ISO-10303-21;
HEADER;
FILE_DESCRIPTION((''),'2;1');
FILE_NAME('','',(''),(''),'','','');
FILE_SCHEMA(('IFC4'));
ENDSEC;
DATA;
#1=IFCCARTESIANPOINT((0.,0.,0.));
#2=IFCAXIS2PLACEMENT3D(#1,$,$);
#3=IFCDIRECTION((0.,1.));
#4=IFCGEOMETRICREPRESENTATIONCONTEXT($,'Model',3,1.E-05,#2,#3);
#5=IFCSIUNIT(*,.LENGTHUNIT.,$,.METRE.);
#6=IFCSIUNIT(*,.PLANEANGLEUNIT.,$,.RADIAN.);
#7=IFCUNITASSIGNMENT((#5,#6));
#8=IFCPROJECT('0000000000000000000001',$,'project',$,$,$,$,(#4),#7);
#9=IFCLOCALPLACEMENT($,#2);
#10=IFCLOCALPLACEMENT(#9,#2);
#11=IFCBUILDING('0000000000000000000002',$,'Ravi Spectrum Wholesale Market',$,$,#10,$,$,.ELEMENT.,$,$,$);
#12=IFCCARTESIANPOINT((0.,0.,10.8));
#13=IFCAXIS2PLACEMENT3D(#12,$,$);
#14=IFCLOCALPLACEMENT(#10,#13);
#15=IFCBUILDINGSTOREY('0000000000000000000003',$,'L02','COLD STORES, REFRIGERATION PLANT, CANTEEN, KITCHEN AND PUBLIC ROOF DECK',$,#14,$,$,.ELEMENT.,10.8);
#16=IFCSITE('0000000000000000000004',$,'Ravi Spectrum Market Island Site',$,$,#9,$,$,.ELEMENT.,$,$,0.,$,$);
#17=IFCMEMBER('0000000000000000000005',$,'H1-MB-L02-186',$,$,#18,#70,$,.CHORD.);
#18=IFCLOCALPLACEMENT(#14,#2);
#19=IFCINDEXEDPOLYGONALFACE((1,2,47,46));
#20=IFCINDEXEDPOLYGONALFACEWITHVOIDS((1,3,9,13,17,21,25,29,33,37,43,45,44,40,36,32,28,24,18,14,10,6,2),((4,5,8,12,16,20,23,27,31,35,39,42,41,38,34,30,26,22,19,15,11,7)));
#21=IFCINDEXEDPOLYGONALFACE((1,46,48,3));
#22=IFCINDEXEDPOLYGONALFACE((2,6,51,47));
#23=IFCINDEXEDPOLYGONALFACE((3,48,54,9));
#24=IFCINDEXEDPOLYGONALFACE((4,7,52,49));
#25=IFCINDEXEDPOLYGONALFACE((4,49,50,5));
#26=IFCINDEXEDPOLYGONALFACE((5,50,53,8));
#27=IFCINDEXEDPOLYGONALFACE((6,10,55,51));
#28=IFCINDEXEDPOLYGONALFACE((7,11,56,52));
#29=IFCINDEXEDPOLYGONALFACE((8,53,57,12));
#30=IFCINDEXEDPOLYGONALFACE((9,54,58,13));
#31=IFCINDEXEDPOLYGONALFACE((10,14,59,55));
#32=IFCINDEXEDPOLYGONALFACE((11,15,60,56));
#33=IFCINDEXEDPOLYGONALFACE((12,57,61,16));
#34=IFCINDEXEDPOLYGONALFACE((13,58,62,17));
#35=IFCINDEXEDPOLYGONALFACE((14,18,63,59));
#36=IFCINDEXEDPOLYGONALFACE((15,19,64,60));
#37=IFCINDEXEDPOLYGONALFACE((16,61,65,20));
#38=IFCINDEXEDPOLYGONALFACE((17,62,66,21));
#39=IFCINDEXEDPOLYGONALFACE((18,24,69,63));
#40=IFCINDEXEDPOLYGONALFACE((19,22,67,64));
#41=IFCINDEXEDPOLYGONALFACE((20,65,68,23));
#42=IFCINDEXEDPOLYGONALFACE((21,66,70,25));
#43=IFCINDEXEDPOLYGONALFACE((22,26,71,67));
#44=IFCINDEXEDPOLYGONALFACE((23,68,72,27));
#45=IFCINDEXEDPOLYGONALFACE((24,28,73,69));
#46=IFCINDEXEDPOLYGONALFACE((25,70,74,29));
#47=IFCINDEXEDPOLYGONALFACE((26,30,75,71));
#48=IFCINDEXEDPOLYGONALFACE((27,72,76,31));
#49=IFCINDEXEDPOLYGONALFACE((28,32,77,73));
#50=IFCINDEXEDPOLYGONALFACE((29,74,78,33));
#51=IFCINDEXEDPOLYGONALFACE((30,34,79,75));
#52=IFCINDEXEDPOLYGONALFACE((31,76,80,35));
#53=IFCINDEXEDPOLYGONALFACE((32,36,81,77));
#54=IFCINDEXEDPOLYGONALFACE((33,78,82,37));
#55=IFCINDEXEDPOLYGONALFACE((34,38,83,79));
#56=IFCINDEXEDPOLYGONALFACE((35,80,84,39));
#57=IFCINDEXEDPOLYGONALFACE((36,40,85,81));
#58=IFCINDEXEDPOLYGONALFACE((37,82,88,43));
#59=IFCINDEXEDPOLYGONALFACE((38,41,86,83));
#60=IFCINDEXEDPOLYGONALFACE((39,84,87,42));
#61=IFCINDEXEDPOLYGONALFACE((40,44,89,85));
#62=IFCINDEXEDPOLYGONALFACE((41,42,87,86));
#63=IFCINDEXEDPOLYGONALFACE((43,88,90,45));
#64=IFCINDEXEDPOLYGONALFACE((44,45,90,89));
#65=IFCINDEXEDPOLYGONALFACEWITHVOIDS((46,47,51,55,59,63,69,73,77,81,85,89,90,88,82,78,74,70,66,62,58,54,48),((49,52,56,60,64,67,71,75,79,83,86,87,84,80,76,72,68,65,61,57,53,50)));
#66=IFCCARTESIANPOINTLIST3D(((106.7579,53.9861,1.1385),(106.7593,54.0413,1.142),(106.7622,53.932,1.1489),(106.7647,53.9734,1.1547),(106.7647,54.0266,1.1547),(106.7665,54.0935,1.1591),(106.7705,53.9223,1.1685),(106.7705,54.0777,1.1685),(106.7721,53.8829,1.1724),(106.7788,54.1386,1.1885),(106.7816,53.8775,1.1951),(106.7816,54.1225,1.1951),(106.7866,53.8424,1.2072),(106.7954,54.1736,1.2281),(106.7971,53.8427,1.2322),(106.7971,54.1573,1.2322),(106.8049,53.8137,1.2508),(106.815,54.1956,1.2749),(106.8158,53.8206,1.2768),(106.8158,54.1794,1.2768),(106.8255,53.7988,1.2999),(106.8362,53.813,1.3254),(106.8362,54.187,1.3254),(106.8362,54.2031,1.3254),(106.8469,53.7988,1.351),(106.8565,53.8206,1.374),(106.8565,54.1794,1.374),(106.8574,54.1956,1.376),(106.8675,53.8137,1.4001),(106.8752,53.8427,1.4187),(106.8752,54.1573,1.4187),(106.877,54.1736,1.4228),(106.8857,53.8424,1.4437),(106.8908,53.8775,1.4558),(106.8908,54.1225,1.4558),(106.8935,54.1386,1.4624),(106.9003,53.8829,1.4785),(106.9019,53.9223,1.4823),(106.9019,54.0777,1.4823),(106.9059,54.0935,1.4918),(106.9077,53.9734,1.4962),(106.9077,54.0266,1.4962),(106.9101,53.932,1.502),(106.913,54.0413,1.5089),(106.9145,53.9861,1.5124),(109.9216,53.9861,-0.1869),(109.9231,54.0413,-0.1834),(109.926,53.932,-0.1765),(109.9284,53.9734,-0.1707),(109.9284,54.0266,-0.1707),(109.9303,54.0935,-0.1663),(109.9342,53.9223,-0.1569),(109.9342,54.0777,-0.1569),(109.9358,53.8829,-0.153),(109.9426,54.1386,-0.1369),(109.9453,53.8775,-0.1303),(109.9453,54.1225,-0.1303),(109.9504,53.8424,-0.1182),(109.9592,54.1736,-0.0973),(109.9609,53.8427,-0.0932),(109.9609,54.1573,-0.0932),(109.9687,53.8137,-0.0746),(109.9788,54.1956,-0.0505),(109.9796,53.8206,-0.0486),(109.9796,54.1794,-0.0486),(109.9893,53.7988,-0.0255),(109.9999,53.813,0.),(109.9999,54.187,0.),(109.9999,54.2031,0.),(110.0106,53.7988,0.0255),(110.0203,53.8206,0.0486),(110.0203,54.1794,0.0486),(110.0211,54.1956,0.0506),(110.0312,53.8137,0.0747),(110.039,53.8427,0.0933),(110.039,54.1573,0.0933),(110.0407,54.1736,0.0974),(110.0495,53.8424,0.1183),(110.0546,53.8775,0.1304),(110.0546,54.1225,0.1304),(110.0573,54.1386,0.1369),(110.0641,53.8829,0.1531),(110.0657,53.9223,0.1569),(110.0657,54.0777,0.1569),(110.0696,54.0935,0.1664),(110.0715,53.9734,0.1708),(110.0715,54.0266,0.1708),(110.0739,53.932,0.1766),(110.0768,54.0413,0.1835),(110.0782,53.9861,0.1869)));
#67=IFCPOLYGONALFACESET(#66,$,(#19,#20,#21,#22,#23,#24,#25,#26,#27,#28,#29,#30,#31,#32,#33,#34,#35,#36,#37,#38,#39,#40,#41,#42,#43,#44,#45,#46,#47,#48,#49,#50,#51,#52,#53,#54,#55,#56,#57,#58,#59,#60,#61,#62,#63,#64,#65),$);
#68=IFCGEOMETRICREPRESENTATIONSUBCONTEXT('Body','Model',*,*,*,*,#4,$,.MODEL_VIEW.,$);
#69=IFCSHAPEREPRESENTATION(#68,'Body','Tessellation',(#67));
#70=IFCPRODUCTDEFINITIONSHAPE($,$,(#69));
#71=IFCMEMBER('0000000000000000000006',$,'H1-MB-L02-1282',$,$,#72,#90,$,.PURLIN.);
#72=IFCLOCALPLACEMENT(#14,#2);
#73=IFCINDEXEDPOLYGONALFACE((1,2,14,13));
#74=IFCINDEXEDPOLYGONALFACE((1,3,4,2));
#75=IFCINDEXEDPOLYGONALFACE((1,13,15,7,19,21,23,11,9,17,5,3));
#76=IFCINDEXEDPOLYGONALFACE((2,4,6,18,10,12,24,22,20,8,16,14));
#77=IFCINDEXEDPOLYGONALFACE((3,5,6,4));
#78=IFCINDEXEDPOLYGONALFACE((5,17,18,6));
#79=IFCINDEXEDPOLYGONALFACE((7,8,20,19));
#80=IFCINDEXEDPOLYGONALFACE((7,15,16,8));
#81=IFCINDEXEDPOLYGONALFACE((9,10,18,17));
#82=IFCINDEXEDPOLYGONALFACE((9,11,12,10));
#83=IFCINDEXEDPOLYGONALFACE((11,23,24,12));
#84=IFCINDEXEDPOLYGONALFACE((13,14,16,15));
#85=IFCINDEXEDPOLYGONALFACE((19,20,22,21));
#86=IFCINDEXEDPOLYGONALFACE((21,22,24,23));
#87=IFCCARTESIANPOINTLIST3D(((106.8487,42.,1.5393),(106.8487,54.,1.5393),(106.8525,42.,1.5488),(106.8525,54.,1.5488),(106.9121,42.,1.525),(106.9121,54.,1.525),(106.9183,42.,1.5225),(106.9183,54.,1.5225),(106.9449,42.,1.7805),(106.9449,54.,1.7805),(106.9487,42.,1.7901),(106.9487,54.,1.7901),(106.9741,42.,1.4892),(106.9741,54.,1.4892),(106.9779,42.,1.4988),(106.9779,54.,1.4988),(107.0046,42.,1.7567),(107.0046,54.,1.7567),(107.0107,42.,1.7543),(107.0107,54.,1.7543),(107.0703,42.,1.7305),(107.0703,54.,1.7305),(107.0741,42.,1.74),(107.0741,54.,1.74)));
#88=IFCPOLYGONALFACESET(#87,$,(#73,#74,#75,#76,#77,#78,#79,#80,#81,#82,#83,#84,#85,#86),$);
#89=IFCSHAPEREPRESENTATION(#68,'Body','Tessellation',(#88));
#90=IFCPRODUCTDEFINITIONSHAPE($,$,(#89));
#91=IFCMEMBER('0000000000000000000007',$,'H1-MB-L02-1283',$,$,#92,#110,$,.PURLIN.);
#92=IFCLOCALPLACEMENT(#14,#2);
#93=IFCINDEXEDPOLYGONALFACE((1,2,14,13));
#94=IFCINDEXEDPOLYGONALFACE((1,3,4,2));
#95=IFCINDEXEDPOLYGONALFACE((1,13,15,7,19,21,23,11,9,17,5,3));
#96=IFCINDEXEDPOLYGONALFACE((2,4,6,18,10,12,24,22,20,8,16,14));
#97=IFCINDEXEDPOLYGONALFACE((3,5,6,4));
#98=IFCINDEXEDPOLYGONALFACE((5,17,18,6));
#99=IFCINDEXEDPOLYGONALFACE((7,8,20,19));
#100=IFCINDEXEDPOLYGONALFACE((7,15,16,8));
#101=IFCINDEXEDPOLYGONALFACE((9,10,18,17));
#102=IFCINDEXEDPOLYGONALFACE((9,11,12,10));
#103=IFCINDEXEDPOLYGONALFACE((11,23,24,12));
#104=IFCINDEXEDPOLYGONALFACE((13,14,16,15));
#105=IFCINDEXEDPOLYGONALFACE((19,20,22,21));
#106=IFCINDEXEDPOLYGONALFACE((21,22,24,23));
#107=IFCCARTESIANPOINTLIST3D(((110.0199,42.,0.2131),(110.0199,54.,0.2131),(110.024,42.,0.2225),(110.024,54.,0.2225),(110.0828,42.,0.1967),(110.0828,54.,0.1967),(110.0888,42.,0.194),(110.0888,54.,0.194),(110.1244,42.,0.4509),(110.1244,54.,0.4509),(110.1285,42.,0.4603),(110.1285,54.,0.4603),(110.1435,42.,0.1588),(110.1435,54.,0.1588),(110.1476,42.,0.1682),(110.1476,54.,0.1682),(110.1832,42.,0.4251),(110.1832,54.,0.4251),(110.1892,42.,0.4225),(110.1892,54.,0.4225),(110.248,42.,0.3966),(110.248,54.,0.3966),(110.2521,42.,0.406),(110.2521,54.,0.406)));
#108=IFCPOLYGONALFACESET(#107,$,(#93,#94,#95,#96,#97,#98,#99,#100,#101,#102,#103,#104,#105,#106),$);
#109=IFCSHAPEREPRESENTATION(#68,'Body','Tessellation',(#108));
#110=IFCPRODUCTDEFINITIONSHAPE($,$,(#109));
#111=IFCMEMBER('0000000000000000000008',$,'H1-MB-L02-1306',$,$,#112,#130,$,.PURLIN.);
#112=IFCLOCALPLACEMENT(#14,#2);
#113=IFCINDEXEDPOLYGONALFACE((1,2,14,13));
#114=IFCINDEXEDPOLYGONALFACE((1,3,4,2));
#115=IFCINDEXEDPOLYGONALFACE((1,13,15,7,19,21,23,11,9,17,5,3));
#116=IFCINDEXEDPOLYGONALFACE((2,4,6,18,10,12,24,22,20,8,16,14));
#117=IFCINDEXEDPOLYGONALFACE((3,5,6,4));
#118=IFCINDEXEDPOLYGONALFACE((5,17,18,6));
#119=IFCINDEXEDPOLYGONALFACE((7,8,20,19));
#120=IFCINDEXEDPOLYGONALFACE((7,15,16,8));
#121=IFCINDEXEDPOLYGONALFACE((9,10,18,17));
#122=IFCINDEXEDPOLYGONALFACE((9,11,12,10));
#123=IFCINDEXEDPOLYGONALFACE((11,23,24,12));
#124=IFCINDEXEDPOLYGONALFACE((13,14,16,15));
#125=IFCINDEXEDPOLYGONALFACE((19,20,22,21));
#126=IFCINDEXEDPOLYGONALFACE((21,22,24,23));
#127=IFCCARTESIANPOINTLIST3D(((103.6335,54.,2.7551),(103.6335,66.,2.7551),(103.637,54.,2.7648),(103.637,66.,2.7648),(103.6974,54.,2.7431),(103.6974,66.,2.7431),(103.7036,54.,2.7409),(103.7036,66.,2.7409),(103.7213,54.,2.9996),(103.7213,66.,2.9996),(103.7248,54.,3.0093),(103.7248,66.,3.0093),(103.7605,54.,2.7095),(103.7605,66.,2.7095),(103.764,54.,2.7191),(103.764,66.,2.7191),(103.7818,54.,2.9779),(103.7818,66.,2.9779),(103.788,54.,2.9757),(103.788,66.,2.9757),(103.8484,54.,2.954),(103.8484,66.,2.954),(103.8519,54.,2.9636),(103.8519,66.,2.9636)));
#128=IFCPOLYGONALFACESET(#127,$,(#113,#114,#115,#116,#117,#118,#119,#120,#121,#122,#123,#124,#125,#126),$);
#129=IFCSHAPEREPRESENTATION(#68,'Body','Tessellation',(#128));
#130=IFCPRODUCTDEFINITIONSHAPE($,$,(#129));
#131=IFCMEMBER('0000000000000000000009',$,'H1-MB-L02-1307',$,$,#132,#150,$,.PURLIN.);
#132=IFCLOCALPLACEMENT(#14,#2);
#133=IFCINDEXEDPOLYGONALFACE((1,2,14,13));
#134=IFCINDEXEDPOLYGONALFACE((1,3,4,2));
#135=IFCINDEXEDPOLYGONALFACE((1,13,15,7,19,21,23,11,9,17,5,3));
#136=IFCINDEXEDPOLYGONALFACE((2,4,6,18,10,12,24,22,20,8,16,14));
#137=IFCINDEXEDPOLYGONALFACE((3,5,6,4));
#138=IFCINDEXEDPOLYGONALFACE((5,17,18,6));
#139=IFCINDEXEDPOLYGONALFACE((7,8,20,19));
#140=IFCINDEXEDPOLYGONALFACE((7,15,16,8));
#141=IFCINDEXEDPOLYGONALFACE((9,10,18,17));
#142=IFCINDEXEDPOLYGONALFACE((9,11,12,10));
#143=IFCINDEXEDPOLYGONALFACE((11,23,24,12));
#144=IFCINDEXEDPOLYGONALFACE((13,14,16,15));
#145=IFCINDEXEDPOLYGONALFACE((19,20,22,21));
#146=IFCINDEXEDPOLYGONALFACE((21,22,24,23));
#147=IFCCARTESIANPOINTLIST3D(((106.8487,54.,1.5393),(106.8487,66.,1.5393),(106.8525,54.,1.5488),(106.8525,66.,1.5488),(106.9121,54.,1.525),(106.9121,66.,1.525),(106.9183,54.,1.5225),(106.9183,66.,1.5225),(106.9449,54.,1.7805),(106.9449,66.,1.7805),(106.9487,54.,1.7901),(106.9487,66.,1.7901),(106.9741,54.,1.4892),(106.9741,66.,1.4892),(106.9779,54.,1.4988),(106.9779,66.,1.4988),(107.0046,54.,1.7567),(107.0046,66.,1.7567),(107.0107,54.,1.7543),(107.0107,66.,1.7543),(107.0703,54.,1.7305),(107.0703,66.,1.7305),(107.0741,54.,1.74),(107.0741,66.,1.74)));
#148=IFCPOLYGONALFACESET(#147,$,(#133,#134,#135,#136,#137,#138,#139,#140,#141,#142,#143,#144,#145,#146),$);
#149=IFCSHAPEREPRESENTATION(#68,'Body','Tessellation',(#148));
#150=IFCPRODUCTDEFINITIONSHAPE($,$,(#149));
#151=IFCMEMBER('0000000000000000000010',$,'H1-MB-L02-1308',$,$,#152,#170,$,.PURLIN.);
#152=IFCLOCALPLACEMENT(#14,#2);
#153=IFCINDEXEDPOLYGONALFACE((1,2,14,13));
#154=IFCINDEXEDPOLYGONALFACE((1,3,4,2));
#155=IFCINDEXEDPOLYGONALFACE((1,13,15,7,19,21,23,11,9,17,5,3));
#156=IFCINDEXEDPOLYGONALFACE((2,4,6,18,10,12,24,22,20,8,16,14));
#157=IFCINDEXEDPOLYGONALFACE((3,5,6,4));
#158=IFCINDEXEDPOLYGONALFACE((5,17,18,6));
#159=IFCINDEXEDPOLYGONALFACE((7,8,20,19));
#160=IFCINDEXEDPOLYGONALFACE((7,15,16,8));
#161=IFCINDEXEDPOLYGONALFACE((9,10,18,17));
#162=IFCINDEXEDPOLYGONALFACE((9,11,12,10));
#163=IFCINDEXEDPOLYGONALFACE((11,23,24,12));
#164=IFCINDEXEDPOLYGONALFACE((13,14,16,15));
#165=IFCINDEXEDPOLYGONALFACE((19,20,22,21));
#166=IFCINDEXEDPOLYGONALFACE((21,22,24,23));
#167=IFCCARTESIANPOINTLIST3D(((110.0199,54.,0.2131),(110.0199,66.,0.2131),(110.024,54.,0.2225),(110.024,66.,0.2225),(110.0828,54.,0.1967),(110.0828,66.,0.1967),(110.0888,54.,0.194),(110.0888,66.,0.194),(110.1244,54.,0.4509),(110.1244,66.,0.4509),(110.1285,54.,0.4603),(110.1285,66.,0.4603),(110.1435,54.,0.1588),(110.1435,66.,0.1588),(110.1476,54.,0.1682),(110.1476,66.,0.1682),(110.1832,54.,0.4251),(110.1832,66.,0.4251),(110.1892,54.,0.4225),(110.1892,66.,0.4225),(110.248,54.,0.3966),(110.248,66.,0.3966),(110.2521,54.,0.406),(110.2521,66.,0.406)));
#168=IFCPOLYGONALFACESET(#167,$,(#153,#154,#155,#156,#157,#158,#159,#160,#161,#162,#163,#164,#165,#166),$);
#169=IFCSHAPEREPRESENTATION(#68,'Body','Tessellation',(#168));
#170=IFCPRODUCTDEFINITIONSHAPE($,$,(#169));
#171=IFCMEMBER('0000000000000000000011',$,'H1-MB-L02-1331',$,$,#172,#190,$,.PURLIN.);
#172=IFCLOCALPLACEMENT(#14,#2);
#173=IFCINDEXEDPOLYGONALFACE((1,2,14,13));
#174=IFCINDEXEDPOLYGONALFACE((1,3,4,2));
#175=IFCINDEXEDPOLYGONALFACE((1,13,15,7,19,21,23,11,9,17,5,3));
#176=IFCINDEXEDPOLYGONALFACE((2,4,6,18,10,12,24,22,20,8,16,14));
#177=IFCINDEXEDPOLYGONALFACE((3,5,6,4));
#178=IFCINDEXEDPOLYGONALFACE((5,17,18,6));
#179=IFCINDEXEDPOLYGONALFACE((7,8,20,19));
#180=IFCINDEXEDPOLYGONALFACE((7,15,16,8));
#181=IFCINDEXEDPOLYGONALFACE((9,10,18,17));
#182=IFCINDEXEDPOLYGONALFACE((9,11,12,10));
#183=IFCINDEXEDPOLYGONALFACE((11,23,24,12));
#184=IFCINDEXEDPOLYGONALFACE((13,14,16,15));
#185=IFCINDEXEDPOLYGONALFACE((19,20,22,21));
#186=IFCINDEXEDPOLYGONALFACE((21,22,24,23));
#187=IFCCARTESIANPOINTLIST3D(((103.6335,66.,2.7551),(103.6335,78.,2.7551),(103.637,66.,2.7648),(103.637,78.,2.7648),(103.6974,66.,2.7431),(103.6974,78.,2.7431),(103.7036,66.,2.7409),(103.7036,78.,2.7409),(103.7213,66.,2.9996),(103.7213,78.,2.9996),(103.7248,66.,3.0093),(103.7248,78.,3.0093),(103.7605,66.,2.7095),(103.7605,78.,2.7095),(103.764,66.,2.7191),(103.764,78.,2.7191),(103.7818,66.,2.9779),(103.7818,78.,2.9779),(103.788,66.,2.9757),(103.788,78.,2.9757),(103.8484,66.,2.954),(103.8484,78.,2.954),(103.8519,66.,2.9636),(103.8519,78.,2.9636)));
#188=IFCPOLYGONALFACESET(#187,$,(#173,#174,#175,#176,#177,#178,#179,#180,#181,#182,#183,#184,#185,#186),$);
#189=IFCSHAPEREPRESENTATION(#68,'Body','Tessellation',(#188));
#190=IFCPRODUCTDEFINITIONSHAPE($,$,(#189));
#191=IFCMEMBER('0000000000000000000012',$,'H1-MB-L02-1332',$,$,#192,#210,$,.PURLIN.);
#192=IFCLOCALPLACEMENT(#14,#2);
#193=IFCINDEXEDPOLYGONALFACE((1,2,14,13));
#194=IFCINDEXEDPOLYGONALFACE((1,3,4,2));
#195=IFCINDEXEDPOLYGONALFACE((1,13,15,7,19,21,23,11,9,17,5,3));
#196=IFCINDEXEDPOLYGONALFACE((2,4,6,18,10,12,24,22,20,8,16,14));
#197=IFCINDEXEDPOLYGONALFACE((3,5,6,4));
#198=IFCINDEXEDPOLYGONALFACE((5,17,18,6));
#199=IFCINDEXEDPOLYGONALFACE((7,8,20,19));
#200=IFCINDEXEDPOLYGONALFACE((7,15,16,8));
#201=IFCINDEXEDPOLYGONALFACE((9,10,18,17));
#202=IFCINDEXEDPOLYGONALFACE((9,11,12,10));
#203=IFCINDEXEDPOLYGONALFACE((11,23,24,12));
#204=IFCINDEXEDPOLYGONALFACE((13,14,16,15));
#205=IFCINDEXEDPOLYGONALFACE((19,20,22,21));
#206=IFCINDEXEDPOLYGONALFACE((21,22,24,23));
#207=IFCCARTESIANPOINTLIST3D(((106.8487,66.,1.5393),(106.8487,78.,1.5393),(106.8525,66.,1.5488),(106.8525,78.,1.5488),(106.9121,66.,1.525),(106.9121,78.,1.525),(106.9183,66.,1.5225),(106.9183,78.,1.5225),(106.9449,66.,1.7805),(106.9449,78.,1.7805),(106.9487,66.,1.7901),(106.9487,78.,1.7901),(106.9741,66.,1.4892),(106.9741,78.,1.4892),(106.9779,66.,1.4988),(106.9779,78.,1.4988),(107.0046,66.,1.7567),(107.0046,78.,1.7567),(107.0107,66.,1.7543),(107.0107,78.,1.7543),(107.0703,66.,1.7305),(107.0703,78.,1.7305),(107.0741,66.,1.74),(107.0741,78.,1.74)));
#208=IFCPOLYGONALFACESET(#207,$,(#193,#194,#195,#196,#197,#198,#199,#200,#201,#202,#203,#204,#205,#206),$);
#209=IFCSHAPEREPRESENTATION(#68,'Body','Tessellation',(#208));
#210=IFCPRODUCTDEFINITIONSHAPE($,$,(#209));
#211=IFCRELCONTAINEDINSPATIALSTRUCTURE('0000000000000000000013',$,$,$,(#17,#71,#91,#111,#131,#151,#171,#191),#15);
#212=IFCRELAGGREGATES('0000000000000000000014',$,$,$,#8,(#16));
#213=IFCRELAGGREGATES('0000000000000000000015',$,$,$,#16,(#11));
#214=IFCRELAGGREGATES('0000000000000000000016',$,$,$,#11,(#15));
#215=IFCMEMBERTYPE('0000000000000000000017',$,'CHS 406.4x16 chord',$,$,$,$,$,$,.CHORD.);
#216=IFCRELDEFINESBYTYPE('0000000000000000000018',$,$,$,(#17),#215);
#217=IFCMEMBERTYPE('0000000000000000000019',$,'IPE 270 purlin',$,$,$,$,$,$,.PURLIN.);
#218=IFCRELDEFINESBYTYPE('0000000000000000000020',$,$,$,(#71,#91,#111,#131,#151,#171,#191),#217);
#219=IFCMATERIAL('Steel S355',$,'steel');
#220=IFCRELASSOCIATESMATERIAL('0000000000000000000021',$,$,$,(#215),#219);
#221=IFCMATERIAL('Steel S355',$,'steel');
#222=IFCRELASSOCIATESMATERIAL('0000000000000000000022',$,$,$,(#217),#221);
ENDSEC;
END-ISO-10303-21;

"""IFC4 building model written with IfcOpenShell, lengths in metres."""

from ifc_helpers import new_model, si_unit, direction, frame, origin, origin_2d, place, context, subcontext, project, spatial, hollow_circle, i_section, extrude, material, material_profile, profile_set, type_object, element, save


model = new_model("IFC4")

# Units and contexts
model_context = context("Model", 3, precision=1e-05, world=origin(), true_north=direction((0.0, 1.0)))
body_context = subcontext(model_context, "Body", "Model", "MODEL_VIEW")
ifc_project = project(units=[si_unit("LENGTHUNIT", "METRE"), si_unit("PLANEANGLEUNIT", "RADIAN")], contexts=[model_context])

# Site, building, storey
site_placement = place(None, origin())
site = spatial("IfcSite", under=ifc_project, at=site_placement, Name="Ravi Spectrum Market Island Site", CompositionType="ELEMENT", RefElevation=0.0)
building_placement = place(site_placement, origin())
building = spatial("IfcBuilding", under=site, at=building_placement, Name="Ravi Spectrum Wholesale Market", CompositionType="ELEMENT")
storey_placement = place(building_placement, frame((0.0, 0.0, 10.8)))
storey = spatial("IfcBuildingStorey", under=building, at=storey_placement, Name="L02", Description="COLD STORES, REFRIGERATION PLANT, CANTEEN, KITCHEN AND PUBLIC ROOF DECK", CompositionType="ELEMENT", Elevation=10.8)

# Members
ifc_material_1 = material(Name="Steel S355", Category="steel")
ifc_material_profile_1 = material_profile(ifc_material_1, hollow_circle(Radius=0.2031, WallThickness=0.0161, at=origin_2d()))
ifc_profile_set_1 = profile_set([ifc_material_profile_1], Name="Steel S355")
member_type_1 = type_object("IfcMemberType", Name="CHS 406.4x16 chord", PredefinedType="CHORD", material=ifc_profile_set_1)
member_1_placement = place(storey_placement, frame((106.8362, 54.0, 1.3254), z_axis=(0.922332, 0.0, -0.386399), x_axis=(0.0, 1.0, 0.0)))
element("IfcMember", 1, at=member_1_placement, inside=storey, type_object=member_type_1, Name="H1-MB-L02-186", PredefinedType="CHORD", context=body_context, shape_type="SweptSolid", body=[
    extrude(hollow_circle(Radius=0.2031, WallThickness=0.0161, at=origin_2d()), origin(), (0.0, 0.0, 1.0), 3.4302),
])
ifc_material_2 = material(Name="Steel S355", Category="steel")
ifc_material_profile_2 = material_profile(ifc_material_2, i_section(OverallWidth=0.135, OverallDepth=0.27, WebThickness=0.0066, FlangeThickness=0.0103, at=origin_2d()))
ifc_profile_set_2 = profile_set([ifc_material_profile_2], Name="Steel S355")
member_type_2 = type_object("IfcMemberType", Name="IPE 270 purlin", PredefinedType="PURLIN", material=ifc_profile_set_2)
for number, where, z_axis, x_axis, name in (
    (2, (106.9614, 42.0, 1.6396), (0.0, 1.0, 0.0), (-0.928855, 0.0, 0.370443), "H1-MB-L02-1282"),
    (3, (110.136, 42.0, 0.3096), (0.0, 1.0, 0.0), (-0.915525, 0.0, 0.40226), "H1-MB-L02-1283"),
    (4, (103.7427, 54.0, 2.8594), (0.0, 1.0, 0.0), (-0.94108, 0.0, 0.338184), "H1-MB-L02-1306"),
    (5, (106.9614, 54.0, 1.6396), (0.0, 1.0, 0.0), (-0.928855, 0.0, 0.370443), "H1-MB-L02-1307"),
    (6, (110.136, 54.0, 0.3096), (0.0, 1.0, 0.0), (-0.915525, 0.0, 0.40226), "H1-MB-L02-1308"),
    (7, (103.7427, 66.0, 2.8594), (0.0, 1.0, 0.0), (-0.94108, 0.0, 0.338184), "H1-MB-L02-1331"),
    (8, (106.9614, 66.0, 1.6396), (0.0, 1.0, 0.0), (-0.928855, 0.0, 0.370443), "H1-MB-L02-1332"),
):
    element("IfcMember", number, at=place(storey_placement, frame(where, z_axis=z_axis, x_axis=x_axis)), inside=storey, type_object=member_type_2, Name=name, PredefinedType="PURLIN", context=body_context, shape_type="SweptSolid", body=[
        extrude(i_section(OverallWidth=0.135, OverallDepth=0.27, WebThickness=0.0066, FlangeThickness=0.0103, at=origin_2d()), origin(), (0.0, 0.0, 1.0), 12.0),
    ])

save(model, "model.ifc")
